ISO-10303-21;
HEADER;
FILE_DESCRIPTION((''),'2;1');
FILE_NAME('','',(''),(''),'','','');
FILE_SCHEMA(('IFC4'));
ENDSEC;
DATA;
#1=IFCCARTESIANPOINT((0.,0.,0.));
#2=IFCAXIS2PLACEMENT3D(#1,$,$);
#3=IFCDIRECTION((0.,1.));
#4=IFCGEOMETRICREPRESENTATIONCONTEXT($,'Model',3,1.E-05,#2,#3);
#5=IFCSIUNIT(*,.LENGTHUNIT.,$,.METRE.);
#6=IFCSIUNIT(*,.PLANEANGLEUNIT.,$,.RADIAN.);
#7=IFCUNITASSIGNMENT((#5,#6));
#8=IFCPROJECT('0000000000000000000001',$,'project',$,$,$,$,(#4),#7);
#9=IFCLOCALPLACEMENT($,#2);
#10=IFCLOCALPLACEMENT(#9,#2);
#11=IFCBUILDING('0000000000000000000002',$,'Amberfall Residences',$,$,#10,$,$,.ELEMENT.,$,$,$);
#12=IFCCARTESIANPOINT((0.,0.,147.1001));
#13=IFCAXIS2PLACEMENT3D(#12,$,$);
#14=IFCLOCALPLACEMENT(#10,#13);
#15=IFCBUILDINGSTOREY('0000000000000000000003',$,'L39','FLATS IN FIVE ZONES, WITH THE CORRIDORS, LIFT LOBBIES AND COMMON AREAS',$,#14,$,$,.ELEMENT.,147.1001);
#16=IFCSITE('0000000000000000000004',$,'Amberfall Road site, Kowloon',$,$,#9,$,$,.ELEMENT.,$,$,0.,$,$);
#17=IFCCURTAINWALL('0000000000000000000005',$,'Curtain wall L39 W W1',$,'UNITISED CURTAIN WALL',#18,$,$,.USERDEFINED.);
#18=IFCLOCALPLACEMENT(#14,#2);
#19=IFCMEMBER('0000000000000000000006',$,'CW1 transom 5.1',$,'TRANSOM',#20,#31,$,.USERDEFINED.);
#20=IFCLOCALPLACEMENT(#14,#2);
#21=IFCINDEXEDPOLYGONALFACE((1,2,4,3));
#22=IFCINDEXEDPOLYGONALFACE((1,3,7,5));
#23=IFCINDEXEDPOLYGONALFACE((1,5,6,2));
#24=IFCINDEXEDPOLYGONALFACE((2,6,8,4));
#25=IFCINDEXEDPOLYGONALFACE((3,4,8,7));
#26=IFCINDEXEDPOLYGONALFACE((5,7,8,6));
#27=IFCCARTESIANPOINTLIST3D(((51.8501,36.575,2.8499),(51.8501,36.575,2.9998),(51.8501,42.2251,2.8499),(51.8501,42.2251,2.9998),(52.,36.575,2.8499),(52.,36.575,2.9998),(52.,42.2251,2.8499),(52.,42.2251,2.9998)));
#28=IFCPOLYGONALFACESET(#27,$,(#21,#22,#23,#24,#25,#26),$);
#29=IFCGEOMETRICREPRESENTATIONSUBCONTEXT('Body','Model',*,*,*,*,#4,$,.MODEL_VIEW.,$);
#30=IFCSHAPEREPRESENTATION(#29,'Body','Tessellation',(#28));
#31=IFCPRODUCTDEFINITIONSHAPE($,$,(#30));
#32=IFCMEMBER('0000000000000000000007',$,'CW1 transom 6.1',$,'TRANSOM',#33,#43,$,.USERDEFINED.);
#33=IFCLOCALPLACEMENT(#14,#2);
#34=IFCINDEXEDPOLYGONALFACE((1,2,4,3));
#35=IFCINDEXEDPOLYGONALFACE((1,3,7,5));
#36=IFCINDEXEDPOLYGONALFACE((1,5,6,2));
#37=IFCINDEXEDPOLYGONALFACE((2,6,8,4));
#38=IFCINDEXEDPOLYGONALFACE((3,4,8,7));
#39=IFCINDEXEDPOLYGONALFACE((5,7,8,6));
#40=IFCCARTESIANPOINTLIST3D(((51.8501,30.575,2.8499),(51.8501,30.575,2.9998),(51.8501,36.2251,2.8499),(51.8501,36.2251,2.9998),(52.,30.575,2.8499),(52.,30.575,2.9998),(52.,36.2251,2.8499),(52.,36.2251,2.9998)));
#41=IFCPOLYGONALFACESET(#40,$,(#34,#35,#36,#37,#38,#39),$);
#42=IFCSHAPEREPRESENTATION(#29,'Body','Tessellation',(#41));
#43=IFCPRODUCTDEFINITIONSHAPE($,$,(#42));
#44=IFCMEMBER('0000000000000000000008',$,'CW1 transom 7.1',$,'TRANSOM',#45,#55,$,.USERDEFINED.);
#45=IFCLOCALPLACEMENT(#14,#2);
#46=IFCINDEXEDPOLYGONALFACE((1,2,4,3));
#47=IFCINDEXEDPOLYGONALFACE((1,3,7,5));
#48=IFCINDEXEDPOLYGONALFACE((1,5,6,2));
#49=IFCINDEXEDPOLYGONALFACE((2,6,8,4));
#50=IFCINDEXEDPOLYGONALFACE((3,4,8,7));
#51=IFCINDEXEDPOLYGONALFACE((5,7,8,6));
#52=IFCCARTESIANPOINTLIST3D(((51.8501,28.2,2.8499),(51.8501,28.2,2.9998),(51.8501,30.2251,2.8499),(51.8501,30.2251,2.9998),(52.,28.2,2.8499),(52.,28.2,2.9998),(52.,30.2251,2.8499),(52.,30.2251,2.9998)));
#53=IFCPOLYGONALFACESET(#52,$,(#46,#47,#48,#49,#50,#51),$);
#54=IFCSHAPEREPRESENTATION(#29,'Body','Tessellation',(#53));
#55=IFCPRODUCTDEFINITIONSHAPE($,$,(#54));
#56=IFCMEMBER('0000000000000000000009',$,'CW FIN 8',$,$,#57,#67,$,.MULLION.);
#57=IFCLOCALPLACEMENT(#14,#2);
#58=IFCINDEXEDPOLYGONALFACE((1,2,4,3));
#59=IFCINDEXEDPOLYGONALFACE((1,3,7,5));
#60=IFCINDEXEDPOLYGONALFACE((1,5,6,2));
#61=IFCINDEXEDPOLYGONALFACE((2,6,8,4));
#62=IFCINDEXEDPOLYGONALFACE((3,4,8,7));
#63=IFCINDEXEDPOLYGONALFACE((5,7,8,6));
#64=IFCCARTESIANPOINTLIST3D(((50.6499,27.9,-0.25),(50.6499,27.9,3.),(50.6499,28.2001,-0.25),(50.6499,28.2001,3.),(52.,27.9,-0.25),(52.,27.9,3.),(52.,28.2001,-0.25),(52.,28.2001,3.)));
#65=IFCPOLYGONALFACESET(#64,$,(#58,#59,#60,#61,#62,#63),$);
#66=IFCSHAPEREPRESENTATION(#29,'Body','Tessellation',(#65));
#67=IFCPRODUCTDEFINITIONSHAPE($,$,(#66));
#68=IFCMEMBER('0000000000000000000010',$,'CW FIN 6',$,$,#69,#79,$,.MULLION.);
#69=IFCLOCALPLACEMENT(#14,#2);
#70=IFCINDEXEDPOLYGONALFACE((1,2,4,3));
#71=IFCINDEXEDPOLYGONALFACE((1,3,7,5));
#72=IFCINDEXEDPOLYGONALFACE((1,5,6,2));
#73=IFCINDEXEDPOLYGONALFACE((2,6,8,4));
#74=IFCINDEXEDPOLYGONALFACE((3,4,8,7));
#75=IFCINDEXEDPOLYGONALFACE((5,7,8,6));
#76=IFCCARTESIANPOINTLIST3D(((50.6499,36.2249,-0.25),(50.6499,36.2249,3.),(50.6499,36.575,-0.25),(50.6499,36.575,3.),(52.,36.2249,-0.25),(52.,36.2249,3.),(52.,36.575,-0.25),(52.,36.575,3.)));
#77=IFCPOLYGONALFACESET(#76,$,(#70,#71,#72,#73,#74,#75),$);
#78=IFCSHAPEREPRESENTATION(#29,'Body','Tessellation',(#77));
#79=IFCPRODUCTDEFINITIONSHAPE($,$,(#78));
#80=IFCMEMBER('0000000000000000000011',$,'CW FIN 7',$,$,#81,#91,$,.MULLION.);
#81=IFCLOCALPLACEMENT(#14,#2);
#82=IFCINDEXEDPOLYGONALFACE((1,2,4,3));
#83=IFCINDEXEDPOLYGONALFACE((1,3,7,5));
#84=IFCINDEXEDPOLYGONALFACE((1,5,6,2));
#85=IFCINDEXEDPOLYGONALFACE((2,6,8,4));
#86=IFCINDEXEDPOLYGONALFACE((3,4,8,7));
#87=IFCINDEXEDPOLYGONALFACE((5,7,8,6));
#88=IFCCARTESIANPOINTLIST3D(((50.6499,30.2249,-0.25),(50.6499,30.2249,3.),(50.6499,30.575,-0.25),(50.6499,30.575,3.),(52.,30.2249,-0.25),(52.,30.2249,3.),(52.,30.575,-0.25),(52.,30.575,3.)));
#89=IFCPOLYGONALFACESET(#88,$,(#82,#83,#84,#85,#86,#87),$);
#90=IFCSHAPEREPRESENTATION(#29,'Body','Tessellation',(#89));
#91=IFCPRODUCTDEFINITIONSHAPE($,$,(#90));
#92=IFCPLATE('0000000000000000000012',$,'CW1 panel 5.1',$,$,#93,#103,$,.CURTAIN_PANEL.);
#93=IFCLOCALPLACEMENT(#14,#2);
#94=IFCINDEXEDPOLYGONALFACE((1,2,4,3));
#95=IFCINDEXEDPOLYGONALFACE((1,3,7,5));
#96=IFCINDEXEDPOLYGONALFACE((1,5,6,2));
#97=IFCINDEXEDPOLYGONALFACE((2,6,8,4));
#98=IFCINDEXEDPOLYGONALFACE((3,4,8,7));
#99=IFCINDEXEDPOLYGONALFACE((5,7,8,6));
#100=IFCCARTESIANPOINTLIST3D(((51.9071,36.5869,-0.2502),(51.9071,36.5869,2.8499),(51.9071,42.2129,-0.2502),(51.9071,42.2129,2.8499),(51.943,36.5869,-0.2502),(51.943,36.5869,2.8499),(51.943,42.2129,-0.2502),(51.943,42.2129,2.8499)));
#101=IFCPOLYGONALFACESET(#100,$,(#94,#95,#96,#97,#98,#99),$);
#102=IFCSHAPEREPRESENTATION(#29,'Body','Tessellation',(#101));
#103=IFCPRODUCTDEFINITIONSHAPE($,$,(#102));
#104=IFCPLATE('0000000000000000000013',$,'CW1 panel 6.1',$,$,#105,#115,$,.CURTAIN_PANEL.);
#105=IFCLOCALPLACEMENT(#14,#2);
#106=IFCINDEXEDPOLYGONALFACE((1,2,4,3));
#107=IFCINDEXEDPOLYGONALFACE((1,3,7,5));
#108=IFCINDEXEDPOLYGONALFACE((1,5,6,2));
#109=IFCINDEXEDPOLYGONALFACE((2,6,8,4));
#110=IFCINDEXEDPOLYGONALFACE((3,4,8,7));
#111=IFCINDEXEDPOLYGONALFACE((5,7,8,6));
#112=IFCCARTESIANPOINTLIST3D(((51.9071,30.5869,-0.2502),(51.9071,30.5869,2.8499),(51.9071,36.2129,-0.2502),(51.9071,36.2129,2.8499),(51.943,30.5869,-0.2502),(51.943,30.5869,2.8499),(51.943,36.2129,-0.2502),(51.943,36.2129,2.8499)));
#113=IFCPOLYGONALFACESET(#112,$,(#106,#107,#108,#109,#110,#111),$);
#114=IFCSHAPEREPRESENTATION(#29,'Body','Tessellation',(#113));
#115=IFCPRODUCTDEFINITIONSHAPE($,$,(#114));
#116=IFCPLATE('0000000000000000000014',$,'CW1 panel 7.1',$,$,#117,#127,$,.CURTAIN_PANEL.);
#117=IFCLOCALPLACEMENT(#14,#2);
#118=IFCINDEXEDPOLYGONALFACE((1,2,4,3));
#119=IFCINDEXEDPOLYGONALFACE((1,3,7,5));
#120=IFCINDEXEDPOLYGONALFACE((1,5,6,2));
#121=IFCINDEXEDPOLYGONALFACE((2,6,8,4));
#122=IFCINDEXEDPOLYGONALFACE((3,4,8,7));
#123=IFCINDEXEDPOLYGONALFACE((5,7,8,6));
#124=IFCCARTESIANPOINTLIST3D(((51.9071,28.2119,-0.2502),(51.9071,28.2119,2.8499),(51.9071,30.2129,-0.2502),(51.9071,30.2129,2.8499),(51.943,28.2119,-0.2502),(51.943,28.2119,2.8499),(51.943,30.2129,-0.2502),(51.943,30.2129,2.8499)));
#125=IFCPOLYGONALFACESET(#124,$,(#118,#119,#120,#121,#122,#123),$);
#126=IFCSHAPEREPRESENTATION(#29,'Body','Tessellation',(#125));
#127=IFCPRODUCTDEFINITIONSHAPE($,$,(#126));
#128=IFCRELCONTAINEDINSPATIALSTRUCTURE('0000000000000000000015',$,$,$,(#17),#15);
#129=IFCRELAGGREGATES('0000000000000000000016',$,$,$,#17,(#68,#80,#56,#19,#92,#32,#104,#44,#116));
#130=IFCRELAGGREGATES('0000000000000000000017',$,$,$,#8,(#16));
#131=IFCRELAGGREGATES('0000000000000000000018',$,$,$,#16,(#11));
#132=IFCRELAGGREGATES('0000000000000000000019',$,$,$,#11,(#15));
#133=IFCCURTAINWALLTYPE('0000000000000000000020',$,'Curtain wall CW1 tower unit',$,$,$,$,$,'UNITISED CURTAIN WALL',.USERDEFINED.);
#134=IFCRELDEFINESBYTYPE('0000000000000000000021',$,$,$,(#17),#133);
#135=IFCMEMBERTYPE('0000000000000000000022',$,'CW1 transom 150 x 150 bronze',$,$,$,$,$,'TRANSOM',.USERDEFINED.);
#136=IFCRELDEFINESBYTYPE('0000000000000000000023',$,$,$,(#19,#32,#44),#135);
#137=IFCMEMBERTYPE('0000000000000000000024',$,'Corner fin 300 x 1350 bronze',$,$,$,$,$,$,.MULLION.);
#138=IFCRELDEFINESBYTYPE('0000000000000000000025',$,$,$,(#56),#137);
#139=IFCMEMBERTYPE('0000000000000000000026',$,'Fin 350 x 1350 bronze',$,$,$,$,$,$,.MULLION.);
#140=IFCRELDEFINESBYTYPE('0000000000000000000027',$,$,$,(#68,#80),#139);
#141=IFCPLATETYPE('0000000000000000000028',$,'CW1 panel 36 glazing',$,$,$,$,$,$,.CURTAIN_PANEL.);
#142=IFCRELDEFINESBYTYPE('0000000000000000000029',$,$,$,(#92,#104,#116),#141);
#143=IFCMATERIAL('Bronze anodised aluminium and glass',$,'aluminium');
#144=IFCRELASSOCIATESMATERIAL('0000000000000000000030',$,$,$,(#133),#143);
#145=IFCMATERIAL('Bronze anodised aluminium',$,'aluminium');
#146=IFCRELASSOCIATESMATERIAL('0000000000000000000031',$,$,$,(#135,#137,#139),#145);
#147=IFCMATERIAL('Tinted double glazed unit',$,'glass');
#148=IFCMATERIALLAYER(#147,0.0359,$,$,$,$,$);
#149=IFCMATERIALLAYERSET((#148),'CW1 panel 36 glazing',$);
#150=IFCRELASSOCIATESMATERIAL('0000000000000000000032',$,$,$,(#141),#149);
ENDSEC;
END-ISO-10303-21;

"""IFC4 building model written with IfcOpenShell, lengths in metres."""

from ifc_helpers import new_model, si_unit, direction, frame, origin, origin_2d, place, context, subcontext, project, spatial, rectangle, extrude, material, layer, layer_set, material_profile, profile_set, type_object, element, aggregate, save


model = new_model("IFC4")

# Units and contexts
model_context = context("Model", 3, precision=1e-05, world=origin(), true_north=direction((0.0, 1.0)))
body_context = subcontext(model_context, "Body", "Model", "MODEL_VIEW")
ifc_project = project(units=[si_unit("LENGTHUNIT", "METRE"), si_unit("PLANEANGLEUNIT", "RADIAN")], contexts=[model_context])

# Site, building, storey
site_placement = place(None, origin())
site = spatial("IfcSite", under=ifc_project, at=site_placement, Name="Amberfall Road site, Kowloon", CompositionType="ELEMENT", RefElevation=0.0)
building_placement = place(site_placement, origin())
building = spatial("IfcBuilding", under=site, at=building_placement, Name="Amberfall Residences", CompositionType="ELEMENT")
storey_placement = place(building_placement, frame((0.0, 0.0, 147.1001)))
storey = spatial("IfcBuildingStorey", under=building, at=storey_placement, Name="L39", Description="FLATS IN FIVE ZONES, WITH THE CORRIDORS, LIFT LOBBIES AND COMMON AREAS", CompositionType="ELEMENT", Elevation=147.1001)

# Curtain wall, members, plates
ifc_material_1 = material(Name="Bronze anodised aluminium and glass", Category="aluminium")
curtain_wall_type = type_object("IfcCurtainWallType", Name="Curtain wall CW1 tower unit", ElementType="UNITISED CURTAIN WALL", PredefinedType="USERDEFINED", material=ifc_material_1)
curtain_wall_placement = place(storey_placement, origin())
curtain_wall = element("IfcCurtainWall", 1, at=curtain_wall_placement, inside=storey, type_object=curtain_wall_type, Name="Curtain wall L39 W W1", ObjectType="UNITISED CURTAIN WALL", PredefinedType="USERDEFINED")
ifc_material_2 = material(Name="Bronze anodised aluminium", Category="aluminium")
ifc_material_profile_1 = material_profile(ifc_material_2, rectangle(XDim=0.1499, YDim=0.1499, at=origin_2d()), Name="CW1 transom 150 x 150 bronze")
ifc_profile_set_1 = profile_set([ifc_material_profile_1], Name="Bronze anodised aluminium")
member_type_1 = type_object("IfcMemberType", Name="CW1 transom 150 x 150 bronze", ElementType="TRANSOM", PredefinedType="USERDEFINED", material=ifc_profile_set_1)
member_1_placement = place(storey_placement, frame((51.925, 42.2251, 2.9248), z_axis=(0.0, -1.0, 0.0), x_axis=(1.0, 0.0, 0.0)))
member_1 = element("IfcMember", 2, at=member_1_placement, type_object=member_type_1, Name="CW1 transom 5.1", ObjectType="TRANSOM", PredefinedType="USERDEFINED", context=body_context, shape_type="SweptSolid", body=[
    extrude(rectangle(XDim=0.1499, YDim=0.1499, at=origin_2d()), origin(), (0.0, 0.0, 1.0), 5.6501),
])
member_2_placement = place(storey_placement, frame((51.925, 36.2251, 2.9248), z_axis=(0.0, -1.0, 0.0), x_axis=(1.0, 0.0, 0.0)))
member_2 = element("IfcMember", 3, at=member_2_placement, type_object=member_type_1, Name="CW1 transom 6.1", ObjectType="TRANSOM", PredefinedType="USERDEFINED", context=body_context, shape_type="SweptSolid", body=[
    extrude(rectangle(XDim=0.1499, YDim=0.1499, at=origin_2d()), origin(), (0.0, 0.0, 1.0), 5.6501),
])
member_3_placement = place(storey_placement, frame((51.925, 30.2251, 2.9248), z_axis=(0.0, -1.0, 0.0), x_axis=(1.0, 0.0, 0.0)))
member_3 = element("IfcMember", 4, at=member_3_placement, type_object=member_type_1, Name="CW1 transom 7.1", ObjectType="TRANSOM", PredefinedType="USERDEFINED", context=body_context, shape_type="SweptSolid", body=[
    extrude(rectangle(XDim=0.1499, YDim=0.1499, at=origin_2d()), origin(), (0.0, 0.0, 1.0), 2.0251),
])
ifc_material_profile_2 = material_profile(ifc_material_2, rectangle(XDim=1.3501, YDim=0.3, at=origin_2d()), Name="Corner fin 300 x 1350 bronze")
ifc_profile_set_2 = profile_set([ifc_material_profile_2], Name="Bronze anodised aluminium")
member_type_2 = type_object("IfcMemberType", Name="Corner fin 300 x 1350 bronze", PredefinedType="MULLION", material=ifc_profile_set_2)
member_4_placement = place(storey_placement, frame((51.325, 28.05, -0.25), z_axis=(0.0, 0.0, 1.0), x_axis=(1.0, 0.0, 0.0)))
member_4 = element("IfcMember", 5, at=member_4_placement, type_object=member_type_2, Name="CW FIN 8", PredefinedType="MULLION", context=body_context, shape_type="SweptSolid", body=[
    extrude(rectangle(XDim=1.3501, YDim=0.3, at=origin_2d()), origin(), (0.0, 0.0, 1.0), 3.25),
])
ifc_material_profile_3 = material_profile(ifc_material_2, rectangle(XDim=1.3501, YDim=0.3501, at=origin_2d()), Name="Fin 350 x 1350 bronze")
ifc_profile_set_3 = profile_set([ifc_material_profile_3], Name="Bronze anodised aluminium")
member_type_3 = type_object("IfcMemberType", Name="Fin 350 x 1350 bronze", PredefinedType="MULLION", material=ifc_profile_set_3)
member_5_placement = place(storey_placement, frame((51.325, 36.3999, -0.25), z_axis=(0.0, 0.0, 1.0), x_axis=(1.0, 0.0, 0.0)))
member_5 = element("IfcMember", 6, at=member_5_placement, type_object=member_type_3, Name="CW FIN 6", PredefinedType="MULLION", context=body_context, shape_type="SweptSolid", body=[
    extrude(rectangle(XDim=1.3501, YDim=0.3501, at=origin_2d()), origin(), (0.0, 0.0, 1.0), 3.25),
])
member_6_placement = place(storey_placement, frame((51.325, 30.3999, -0.25), z_axis=(0.0, 0.0, 1.0), x_axis=(1.0, 0.0, 0.0)))
member_6 = element("IfcMember", 7, at=member_6_placement, type_object=member_type_3, Name="CW FIN 7", PredefinedType="MULLION", context=body_context, shape_type="SweptSolid", body=[
    extrude(rectangle(XDim=1.3501, YDim=0.3501, at=origin_2d()), origin(), (0.0, 0.0, 1.0), 3.25),
])
ifc_material_3 = material(Name="Tinted double glazed unit", Category="glass")
ifc_layer_1 = layer(ifc_material_3, 0.0359)
ifc_layer_set_1 = layer_set([ifc_layer_1], Name="CW1 panel 36 glazing")
plate_type = type_object("IfcPlateType", Name="CW1 panel 36 glazing", PredefinedType="CURTAIN_PANEL", material=ifc_layer_set_1)
plate_1_placement = place(storey_placement, frame((51.925, 39.3999, -0.2502), z_axis=(0.0, 0.0, 1.0), x_axis=(0.0, -1.0, 0.0)))
plate_1 = element("IfcPlate", 8, at=plate_1_placement, type_object=plate_type, Name="CW1 panel 5.1", PredefinedType="CURTAIN_PANEL", context=body_context, shape_type="SweptSolid", body=[
    extrude(rectangle(XDim=5.626, YDim=0.0359, at=origin_2d()), origin(), (0.0, 0.0, 1.0), 3.1001),
])
plate_2_placement = place(storey_placement, frame((51.925, 33.3999, -0.2502), z_axis=(0.0, 0.0, 1.0), x_axis=(0.0, -1.0, 0.0)))
plate_2 = element("IfcPlate", 9, at=plate_2_placement, type_object=plate_type, Name="CW1 panel 6.1", PredefinedType="CURTAIN_PANEL", context=body_context, shape_type="SweptSolid", body=[
    extrude(rectangle(XDim=5.626, YDim=0.0359, at=origin_2d()), origin(), (0.0, 0.0, 1.0), 3.1001),
])
plate_3_placement = place(storey_placement, frame((51.925, 29.2124, -0.2502), z_axis=(0.0, 0.0, 1.0), x_axis=(0.0, -1.0, 0.0)))
plate_3 = element("IfcPlate", 10, at=plate_3_placement, type_object=plate_type, Name="CW1 panel 7.1", PredefinedType="CURTAIN_PANEL", context=body_context, shape_type="SweptSolid", body=[
    extrude(rectangle(XDim=2.001, YDim=0.0359, at=origin_2d()), origin(), (0.0, 0.0, 1.0), 3.1001),
])
aggregate(curtain_wall, [member_5, member_6, member_4, member_1, plate_1, member_2, plate_2, member_3, plate_3])

save(model, "model.ifc")
